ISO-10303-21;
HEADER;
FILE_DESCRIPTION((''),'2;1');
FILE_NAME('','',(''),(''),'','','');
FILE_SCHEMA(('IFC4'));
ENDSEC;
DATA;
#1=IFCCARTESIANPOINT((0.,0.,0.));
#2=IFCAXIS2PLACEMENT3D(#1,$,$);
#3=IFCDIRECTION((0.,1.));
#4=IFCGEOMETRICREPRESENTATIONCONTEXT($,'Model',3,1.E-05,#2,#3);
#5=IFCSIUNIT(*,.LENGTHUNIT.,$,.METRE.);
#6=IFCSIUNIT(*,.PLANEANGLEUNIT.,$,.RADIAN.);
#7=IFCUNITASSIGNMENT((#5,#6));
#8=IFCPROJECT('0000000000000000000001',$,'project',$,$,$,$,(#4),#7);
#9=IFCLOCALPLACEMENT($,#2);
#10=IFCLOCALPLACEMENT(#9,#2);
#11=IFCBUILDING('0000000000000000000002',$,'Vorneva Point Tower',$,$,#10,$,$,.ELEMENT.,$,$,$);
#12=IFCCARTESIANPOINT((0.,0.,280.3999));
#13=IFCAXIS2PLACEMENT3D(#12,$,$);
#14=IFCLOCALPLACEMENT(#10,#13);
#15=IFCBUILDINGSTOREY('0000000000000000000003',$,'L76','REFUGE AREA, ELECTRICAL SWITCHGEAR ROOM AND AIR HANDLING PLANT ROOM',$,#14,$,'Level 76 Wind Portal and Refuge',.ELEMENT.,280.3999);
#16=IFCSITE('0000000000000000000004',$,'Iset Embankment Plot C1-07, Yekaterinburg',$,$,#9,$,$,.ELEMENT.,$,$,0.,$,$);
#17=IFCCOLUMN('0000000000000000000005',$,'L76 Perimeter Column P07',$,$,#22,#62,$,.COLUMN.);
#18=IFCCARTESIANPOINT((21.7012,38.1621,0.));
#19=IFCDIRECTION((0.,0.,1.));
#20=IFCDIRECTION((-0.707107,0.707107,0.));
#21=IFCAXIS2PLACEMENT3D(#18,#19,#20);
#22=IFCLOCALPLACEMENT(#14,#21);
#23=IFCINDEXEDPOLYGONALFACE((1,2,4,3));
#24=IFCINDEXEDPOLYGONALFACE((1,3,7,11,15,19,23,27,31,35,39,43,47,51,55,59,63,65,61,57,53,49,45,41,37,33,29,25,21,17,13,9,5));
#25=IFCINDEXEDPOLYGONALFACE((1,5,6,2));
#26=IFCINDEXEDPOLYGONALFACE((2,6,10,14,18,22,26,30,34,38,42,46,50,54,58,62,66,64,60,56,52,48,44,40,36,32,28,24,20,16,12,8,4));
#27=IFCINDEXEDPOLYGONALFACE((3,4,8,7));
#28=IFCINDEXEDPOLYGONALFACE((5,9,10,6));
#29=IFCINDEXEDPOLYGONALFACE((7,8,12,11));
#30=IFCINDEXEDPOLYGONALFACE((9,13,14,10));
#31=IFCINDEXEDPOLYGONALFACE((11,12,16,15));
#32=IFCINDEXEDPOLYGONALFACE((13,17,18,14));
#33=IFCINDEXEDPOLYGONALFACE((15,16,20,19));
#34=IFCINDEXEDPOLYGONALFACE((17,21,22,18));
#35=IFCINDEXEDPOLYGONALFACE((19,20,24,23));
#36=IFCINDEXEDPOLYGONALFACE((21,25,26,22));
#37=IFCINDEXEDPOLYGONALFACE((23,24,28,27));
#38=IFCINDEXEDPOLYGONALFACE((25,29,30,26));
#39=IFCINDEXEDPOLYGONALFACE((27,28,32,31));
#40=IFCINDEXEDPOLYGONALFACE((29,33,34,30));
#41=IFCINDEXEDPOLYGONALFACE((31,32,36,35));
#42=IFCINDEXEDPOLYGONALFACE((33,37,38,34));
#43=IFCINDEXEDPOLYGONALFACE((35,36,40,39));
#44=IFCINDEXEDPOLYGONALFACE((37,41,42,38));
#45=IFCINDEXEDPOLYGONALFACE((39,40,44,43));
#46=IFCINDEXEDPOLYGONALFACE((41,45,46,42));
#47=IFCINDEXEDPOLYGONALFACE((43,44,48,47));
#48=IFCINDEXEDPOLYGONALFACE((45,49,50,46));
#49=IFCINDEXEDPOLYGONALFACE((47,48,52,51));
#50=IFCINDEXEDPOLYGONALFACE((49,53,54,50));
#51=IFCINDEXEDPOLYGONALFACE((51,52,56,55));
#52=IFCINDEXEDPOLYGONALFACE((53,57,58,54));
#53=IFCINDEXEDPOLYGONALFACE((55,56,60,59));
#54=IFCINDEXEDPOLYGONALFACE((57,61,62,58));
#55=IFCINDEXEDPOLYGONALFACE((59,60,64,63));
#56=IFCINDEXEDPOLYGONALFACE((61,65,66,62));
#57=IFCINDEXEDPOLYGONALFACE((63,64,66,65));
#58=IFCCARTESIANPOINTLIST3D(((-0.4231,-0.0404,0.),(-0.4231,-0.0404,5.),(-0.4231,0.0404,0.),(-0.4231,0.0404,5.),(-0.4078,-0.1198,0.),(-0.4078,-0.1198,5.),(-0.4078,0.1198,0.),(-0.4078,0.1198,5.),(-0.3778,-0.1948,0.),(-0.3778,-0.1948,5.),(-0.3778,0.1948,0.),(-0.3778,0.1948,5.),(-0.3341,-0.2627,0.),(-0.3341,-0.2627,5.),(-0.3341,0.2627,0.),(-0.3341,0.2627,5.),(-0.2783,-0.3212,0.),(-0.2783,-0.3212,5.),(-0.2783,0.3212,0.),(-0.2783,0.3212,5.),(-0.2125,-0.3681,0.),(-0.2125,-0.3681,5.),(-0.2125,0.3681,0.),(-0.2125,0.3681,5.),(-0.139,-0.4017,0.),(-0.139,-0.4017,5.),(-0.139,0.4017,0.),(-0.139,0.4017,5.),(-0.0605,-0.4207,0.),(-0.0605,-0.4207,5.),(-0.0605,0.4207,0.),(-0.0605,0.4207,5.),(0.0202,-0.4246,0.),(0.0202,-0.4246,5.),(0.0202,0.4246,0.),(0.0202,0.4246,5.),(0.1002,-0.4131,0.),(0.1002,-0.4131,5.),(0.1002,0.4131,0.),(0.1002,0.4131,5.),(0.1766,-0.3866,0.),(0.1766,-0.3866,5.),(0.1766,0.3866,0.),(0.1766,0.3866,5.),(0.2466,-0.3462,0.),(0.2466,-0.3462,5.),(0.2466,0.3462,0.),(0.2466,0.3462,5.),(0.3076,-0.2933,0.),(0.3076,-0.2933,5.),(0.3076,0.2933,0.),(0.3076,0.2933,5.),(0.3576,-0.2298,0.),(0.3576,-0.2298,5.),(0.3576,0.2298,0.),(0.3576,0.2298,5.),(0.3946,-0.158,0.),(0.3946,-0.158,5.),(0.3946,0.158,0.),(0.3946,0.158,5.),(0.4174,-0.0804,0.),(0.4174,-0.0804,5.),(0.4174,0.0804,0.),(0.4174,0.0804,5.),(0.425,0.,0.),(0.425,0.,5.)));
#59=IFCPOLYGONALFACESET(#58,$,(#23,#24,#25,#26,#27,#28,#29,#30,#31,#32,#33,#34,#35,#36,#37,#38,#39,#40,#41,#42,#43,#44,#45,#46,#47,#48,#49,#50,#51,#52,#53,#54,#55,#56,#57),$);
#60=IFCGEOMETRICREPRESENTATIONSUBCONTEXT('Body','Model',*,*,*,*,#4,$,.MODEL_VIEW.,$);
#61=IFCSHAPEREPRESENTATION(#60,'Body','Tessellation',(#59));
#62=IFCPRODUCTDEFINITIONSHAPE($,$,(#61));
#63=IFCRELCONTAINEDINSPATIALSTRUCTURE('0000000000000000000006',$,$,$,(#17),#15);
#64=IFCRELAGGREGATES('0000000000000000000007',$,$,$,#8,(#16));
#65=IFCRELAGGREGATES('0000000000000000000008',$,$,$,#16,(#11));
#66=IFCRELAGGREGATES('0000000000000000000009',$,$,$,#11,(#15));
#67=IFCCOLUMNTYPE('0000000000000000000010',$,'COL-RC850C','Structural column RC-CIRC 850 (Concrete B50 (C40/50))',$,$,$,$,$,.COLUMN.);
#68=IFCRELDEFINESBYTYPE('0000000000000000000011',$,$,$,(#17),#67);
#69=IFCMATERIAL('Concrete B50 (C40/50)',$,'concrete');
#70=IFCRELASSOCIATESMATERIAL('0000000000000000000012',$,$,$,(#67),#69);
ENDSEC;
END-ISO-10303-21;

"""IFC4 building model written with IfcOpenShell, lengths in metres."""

from ifc_helpers import new_model, si_unit, direction, frame, origin, origin_2d, place, context, subcontext, project, spatial, circle, extrude, material, material_profile, profile_set, type_object, element, save


model = new_model("IFC4")

# Units and contexts
model_context = context("Model", 3, precision=1e-05, world=origin(), true_north=direction((0.0, 1.0)))
body_context = subcontext(model_context, "Body", "Model", "MODEL_VIEW")
ifc_project = project(units=[si_unit("LENGTHUNIT", "METRE"), si_unit("PLANEANGLEUNIT", "RADIAN")], contexts=[model_context])

# Site, building, storey
site_placement = place(None, origin())
site = spatial("IfcSite", under=ifc_project, at=site_placement, Name="Iset Embankment Plot C1-07, Yekaterinburg", CompositionType="ELEMENT", RefElevation=0.0)
building_placement = place(site_placement, origin())
building = spatial("IfcBuilding", under=site, at=building_placement, Name="Vorneva Point Tower", CompositionType="ELEMENT")
storey_placement = place(building_placement, frame((0.0, 0.0, 280.3999)))
storey = spatial("IfcBuildingStorey", under=building, at=storey_placement, Name="L76", Description="REFUGE AREA, ELECTRICAL SWITCHGEAR ROOM AND AIR HANDLING PLANT ROOM", LongName="Level 76 Wind Portal and Refuge", CompositionType="ELEMENT", Elevation=280.3999)

# Column
ifc_material_1 = material(Name="Concrete B50 (C40/50)", Category="concrete")
ifc_material_profile_1 = material_profile(ifc_material_1, circle(Radius=0.425, at=origin_2d()), Name="RC-CIRC 850")
ifc_profile_set_1 = profile_set([ifc_material_profile_1], Name="Concrete B50 (C40/50)")
column_type = type_object("IfcColumnType", Name="COL-RC850C", Description="Structural column RC-CIRC 850 (Concrete B50 (C40/50))", PredefinedType="COLUMN", material=ifc_profile_set_1)
for number, where, z_axis, x_axis, name in (
    (1, (21.7012, 38.1621, 0.0), (0.0, 0.0, 1.0), (-0.707107, 0.707107, 0.0), "L76 Perimeter Column P07"),
):
    element("IfcColumn", number, at=place(storey_placement, frame(where, z_axis=z_axis, x_axis=x_axis)), inside=storey, type_object=column_type, Name=name, PredefinedType="COLUMN", context=body_context, shape_type="SweptSolid", body=[
        extrude(circle(Radius=0.425, at=origin_2d()), origin(), (0.0, 0.0, 1.0), 5.0),
    ])

save(model, "model.ifc")
